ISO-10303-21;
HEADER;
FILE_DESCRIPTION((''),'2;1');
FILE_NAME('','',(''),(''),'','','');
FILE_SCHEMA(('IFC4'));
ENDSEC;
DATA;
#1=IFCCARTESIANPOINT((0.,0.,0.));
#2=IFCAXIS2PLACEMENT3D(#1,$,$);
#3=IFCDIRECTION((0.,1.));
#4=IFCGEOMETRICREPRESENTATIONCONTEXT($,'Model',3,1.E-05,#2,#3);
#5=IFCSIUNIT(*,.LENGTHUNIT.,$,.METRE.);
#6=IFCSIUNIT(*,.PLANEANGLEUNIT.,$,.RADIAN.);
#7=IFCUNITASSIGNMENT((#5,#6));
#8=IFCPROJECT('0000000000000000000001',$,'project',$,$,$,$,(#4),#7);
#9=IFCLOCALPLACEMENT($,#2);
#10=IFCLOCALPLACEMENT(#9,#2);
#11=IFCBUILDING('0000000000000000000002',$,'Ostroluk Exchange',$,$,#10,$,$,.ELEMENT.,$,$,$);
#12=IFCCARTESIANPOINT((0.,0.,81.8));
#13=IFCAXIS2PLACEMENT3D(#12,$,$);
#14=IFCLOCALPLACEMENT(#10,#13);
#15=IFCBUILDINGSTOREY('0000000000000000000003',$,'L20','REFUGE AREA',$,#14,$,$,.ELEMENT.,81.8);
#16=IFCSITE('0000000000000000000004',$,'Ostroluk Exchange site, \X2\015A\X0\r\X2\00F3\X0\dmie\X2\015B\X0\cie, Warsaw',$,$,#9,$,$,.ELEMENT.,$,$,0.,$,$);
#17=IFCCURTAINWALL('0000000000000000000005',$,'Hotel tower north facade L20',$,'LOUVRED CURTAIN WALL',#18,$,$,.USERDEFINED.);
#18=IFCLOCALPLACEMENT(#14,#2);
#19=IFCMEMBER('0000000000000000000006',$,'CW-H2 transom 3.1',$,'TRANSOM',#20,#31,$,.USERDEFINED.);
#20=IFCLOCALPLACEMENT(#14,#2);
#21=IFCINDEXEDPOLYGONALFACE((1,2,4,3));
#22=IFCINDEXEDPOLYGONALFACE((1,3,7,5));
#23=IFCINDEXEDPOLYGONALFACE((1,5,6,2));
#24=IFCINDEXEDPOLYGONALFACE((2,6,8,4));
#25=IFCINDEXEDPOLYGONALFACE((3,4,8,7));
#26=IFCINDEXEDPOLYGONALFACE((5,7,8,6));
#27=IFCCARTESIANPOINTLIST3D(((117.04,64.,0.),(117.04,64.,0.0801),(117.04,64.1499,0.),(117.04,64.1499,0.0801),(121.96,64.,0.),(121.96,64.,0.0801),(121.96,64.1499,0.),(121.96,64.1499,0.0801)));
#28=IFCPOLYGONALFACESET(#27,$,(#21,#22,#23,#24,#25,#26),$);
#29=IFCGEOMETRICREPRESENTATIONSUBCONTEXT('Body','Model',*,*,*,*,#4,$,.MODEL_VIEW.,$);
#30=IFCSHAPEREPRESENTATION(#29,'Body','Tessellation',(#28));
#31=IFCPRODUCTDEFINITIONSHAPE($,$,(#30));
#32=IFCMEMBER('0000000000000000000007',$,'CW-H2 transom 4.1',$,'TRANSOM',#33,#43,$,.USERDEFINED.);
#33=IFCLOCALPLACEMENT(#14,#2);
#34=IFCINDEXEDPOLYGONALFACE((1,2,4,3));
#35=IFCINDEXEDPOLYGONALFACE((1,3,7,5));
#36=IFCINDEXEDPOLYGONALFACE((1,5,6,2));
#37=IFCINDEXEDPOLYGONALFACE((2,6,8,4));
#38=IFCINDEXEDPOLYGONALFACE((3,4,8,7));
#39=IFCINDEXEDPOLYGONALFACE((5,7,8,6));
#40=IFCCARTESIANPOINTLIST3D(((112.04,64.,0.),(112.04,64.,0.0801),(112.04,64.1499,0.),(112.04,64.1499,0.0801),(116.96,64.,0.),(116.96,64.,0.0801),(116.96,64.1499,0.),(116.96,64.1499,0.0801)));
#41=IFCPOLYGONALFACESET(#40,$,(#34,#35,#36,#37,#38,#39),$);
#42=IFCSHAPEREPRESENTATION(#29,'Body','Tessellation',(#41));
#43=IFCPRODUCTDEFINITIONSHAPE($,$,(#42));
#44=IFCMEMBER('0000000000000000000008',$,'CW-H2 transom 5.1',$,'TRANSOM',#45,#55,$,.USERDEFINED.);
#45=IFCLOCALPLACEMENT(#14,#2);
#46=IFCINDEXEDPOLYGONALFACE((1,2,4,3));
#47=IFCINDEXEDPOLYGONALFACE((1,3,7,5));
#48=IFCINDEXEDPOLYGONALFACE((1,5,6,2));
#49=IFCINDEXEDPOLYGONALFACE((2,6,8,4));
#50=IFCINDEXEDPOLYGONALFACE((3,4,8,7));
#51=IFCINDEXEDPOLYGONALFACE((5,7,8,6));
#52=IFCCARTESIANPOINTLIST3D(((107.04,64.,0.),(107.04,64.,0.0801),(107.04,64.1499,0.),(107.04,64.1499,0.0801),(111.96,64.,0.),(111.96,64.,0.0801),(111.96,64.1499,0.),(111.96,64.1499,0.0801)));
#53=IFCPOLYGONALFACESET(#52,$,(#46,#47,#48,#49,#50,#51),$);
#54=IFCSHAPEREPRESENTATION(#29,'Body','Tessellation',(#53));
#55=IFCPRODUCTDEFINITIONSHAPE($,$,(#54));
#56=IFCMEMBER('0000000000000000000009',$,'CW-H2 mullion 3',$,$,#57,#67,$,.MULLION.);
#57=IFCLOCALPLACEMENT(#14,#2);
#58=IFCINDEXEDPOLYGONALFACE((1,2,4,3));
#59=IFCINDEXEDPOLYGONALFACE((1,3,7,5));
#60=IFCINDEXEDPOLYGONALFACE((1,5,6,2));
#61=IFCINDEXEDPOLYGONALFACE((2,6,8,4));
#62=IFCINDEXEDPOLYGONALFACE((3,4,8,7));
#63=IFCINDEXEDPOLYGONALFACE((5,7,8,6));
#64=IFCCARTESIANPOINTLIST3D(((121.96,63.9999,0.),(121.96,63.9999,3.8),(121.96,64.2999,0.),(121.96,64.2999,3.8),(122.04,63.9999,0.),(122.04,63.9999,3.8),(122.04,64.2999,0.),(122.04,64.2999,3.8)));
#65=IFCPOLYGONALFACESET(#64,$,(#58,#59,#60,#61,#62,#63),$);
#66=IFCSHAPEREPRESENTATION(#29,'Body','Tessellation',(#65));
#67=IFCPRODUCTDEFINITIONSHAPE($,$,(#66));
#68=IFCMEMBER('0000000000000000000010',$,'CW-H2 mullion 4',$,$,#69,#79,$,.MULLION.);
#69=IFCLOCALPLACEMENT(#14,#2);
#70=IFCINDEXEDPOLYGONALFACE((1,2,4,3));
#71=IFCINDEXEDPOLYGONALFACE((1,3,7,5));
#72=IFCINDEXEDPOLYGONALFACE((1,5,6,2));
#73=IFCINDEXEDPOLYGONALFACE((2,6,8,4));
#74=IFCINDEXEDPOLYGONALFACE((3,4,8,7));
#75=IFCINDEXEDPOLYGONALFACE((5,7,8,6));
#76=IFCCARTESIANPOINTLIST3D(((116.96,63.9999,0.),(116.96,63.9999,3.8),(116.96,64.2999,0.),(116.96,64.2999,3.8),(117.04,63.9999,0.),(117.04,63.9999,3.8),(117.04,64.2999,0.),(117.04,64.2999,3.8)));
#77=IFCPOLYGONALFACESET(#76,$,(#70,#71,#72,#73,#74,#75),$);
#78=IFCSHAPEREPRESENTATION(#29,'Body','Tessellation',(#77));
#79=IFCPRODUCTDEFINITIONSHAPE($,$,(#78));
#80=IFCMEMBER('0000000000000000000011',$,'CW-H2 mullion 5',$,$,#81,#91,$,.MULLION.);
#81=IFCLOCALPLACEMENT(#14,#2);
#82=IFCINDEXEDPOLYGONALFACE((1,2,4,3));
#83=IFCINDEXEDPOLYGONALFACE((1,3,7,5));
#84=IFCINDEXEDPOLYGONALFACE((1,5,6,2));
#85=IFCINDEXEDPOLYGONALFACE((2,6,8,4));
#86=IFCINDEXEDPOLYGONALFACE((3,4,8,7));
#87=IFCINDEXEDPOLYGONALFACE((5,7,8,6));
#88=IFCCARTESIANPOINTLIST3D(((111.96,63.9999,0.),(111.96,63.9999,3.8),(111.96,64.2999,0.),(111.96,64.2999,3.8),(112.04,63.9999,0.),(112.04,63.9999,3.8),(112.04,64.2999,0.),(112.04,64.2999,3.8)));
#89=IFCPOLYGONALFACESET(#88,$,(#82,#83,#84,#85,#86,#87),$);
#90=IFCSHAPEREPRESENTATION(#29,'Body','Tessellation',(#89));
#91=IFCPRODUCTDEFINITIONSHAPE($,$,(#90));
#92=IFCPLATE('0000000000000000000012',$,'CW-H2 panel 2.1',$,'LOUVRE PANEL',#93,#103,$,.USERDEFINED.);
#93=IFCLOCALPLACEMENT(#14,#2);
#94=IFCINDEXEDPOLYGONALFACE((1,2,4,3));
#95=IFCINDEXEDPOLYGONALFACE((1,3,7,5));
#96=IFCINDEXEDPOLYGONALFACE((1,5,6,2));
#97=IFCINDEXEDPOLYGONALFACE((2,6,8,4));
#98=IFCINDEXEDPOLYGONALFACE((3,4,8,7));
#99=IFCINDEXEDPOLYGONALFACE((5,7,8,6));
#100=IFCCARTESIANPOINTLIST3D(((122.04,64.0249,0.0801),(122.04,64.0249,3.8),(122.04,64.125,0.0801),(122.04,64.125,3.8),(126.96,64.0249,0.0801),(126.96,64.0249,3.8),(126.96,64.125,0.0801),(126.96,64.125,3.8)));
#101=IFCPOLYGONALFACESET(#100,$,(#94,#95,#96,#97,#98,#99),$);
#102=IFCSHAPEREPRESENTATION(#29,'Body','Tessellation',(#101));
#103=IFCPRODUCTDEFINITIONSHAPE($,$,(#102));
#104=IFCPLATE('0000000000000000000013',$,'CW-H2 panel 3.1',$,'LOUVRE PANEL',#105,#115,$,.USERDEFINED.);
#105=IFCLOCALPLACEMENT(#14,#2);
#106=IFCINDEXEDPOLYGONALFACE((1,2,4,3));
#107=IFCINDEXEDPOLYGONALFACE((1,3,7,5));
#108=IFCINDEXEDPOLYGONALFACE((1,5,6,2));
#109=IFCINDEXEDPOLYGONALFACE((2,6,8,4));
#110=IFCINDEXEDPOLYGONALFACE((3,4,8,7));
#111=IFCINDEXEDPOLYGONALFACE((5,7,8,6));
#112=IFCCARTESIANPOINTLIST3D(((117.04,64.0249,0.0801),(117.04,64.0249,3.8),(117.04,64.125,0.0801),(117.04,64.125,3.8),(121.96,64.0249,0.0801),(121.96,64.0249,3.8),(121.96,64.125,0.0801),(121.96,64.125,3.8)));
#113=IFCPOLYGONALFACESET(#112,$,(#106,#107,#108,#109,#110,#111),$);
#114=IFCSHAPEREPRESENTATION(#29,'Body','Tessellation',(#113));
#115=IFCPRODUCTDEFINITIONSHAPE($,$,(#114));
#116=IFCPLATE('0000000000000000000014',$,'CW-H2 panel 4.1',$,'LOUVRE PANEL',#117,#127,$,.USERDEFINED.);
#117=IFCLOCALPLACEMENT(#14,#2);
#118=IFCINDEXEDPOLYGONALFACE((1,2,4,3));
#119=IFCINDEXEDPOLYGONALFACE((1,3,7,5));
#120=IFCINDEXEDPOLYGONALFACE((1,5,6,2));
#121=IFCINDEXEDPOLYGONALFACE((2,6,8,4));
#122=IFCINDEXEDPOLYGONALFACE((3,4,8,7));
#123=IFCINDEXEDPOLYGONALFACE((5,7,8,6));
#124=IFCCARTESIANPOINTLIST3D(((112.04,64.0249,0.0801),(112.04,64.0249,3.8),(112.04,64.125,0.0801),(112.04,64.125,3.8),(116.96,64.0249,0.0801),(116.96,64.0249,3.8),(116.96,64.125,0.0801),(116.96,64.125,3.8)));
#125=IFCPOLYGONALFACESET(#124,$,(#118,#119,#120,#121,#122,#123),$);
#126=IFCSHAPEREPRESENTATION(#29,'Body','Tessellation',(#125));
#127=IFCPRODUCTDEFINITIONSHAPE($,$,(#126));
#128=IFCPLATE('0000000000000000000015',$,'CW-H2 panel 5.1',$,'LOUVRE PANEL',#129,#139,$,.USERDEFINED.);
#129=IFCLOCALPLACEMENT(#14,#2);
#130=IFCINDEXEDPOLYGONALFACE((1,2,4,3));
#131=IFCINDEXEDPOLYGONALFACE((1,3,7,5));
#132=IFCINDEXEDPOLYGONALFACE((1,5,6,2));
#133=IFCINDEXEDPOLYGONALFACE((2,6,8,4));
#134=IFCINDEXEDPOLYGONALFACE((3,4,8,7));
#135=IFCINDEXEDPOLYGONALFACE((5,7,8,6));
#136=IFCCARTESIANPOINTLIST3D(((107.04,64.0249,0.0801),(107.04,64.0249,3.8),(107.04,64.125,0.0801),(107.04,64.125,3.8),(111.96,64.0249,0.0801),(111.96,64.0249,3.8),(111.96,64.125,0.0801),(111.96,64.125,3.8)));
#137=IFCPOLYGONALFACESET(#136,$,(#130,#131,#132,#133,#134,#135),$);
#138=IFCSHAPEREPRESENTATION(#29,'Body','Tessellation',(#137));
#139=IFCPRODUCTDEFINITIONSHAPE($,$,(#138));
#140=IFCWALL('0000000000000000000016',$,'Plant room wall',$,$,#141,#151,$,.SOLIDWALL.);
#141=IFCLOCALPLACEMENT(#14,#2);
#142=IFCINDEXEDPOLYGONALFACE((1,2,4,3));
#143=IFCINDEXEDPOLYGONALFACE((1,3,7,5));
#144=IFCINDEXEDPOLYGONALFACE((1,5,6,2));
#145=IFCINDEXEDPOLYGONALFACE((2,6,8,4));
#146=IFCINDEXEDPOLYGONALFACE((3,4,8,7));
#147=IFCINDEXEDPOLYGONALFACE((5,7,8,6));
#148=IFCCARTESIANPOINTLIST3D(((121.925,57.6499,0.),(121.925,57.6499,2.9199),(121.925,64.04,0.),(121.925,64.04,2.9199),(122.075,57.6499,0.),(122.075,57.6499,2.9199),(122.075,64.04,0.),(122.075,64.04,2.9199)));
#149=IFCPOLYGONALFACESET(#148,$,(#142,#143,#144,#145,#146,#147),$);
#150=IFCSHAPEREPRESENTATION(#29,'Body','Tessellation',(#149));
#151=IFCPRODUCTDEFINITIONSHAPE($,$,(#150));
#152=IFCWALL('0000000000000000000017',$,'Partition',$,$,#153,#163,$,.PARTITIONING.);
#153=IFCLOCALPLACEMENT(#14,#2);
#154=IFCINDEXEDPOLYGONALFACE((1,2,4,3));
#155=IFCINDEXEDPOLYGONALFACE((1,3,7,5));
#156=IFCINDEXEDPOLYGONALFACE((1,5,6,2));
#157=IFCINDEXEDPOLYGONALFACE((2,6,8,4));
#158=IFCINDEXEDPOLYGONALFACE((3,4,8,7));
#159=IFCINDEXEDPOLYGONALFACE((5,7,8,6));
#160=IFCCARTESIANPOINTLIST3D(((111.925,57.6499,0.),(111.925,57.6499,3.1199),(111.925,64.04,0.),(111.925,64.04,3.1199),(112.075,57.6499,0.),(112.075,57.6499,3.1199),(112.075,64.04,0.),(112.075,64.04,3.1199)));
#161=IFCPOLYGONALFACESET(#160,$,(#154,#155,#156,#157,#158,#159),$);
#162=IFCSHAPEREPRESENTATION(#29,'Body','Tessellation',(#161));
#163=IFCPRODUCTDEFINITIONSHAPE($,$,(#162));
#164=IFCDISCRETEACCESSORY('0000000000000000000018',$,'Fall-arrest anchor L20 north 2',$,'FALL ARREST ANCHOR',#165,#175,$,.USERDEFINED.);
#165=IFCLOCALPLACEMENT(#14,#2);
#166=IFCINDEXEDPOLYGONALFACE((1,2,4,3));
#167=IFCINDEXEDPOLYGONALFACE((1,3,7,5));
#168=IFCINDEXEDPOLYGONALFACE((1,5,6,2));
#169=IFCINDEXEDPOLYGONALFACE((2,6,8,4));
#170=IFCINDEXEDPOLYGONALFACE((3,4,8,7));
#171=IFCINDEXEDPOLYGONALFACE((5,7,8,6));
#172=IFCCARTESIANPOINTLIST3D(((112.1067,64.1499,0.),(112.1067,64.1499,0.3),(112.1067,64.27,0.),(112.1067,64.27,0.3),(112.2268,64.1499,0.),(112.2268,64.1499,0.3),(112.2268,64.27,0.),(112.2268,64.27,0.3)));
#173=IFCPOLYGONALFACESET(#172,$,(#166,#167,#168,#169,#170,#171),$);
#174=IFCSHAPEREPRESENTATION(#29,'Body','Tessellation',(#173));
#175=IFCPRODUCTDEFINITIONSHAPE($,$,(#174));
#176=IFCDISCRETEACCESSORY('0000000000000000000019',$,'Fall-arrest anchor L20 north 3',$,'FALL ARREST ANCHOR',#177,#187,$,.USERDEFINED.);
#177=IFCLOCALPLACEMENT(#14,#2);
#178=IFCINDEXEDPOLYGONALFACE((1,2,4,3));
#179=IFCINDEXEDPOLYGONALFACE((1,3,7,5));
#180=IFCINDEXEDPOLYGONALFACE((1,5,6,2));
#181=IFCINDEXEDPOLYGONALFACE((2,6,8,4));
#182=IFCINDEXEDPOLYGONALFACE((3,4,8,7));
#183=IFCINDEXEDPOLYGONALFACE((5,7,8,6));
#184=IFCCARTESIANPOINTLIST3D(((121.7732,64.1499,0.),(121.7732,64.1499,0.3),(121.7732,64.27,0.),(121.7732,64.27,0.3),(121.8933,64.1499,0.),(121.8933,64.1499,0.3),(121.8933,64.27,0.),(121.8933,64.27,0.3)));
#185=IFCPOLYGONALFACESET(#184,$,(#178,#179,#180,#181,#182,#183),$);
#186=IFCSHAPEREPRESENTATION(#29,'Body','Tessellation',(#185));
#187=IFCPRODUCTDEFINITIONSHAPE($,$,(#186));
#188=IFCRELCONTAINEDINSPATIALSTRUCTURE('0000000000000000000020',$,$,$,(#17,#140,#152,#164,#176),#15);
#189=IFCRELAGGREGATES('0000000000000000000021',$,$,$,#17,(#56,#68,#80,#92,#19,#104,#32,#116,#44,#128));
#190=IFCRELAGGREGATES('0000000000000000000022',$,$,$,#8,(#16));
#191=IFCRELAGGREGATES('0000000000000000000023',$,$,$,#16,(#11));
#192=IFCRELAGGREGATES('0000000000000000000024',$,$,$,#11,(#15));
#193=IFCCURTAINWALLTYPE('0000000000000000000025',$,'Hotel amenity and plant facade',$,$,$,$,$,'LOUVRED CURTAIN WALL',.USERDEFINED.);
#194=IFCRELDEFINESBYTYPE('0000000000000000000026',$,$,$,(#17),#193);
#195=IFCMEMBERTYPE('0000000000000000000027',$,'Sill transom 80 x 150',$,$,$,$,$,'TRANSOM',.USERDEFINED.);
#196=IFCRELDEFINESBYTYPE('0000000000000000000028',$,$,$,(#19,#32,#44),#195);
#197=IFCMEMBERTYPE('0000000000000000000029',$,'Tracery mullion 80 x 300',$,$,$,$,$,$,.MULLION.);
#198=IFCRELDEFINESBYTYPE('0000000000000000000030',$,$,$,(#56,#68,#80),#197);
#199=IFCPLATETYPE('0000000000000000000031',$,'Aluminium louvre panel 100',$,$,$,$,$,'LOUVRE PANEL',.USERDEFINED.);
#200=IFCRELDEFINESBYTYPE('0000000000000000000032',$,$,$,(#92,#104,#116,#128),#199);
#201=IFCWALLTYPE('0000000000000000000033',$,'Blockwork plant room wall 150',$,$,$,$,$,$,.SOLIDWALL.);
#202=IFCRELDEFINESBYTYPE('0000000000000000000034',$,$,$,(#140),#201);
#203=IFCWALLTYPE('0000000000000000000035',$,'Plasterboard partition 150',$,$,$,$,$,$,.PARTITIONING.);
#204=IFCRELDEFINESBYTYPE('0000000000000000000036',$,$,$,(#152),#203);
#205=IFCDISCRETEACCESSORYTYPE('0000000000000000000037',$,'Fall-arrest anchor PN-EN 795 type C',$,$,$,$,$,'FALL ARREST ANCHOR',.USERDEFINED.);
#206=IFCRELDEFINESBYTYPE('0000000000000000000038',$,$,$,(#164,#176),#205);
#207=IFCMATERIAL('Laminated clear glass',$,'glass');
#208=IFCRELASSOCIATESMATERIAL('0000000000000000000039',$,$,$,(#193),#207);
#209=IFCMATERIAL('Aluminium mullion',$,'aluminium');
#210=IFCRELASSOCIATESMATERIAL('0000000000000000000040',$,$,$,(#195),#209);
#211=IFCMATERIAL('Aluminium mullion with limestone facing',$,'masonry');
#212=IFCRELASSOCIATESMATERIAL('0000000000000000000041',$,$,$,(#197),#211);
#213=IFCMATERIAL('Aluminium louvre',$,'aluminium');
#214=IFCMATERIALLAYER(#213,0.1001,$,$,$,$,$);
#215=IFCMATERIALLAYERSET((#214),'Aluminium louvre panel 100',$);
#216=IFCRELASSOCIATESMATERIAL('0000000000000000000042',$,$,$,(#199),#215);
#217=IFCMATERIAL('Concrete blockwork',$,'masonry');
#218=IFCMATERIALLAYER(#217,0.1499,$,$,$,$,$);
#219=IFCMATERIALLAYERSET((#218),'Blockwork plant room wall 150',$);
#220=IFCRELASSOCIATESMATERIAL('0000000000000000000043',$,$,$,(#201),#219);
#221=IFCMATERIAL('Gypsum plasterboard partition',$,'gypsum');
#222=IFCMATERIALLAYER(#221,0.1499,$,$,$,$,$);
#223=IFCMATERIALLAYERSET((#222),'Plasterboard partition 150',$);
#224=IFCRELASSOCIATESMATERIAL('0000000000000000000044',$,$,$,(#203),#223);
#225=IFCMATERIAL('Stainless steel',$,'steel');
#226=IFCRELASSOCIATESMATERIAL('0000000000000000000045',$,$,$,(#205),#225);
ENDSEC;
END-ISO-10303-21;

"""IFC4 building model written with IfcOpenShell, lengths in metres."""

from ifc_helpers import new_model, si_unit, direction, frame, frame_2d, origin, origin_2d, place, context, subcontext, project, spatial, rectangle, extrude, material, layer, layer_set, material_profile, profile_set, type_object, element, aggregate, save


model = new_model("IFC4")

# Units and contexts
model_context = context("Model", 3, precision=1e-05, world=origin(), true_north=direction((0.0, 1.0)))
body_context = subcontext(model_context, "Body", "Model", "MODEL_VIEW")
ifc_project = project(units=[si_unit("LENGTHUNIT", "METRE"), si_unit("PLANEANGLEUNIT", "RADIAN")], contexts=[model_context])

# Site, building, storey
site_placement = place(None, origin())
site = spatial("IfcSite", under=ifc_project, at=site_placement, Name="Ostroluk Exchange site, Śródmieście, Warsaw", CompositionType="ELEMENT", RefElevation=0.0)
building_placement = place(site_placement, origin())
building = spatial("IfcBuilding", under=site, at=building_placement, Name="Ostroluk Exchange", CompositionType="ELEMENT")
storey_placement = place(building_placement, frame((0.0, 0.0, 81.8)))
storey = spatial("IfcBuildingStorey", under=building, at=storey_placement, Name="L20", Description="REFUGE AREA", CompositionType="ELEMENT", Elevation=81.8)

# Curtain wall, members, plates
ifc_material_1 = material(Name="Laminated clear glass", Category="glass")
curtain_wall_type = type_object("IfcCurtainWallType", Name="Hotel amenity and plant facade", ElementType="LOUVRED CURTAIN WALL", PredefinedType="USERDEFINED", material=ifc_material_1)
curtain_wall_placement = place(storey_placement, origin())
curtain_wall = element("IfcCurtainWall", 1, at=curtain_wall_placement, inside=storey, type_object=curtain_wall_type, Name="Hotel tower north facade L20", ObjectType="LOUVRED CURTAIN WALL", PredefinedType="USERDEFINED")
ifc_material_2 = material(Name="Aluminium mullion", Category="aluminium")
ifc_material_profile_1 = material_profile(ifc_material_2, rectangle(XDim=0.1499, YDim=0.0801, at=origin_2d()), Name="Sill transom 80 x 150")
ifc_profile_set_1 = profile_set([ifc_material_profile_1], Name="Aluminium mullion")
member_type_1 = type_object("IfcMemberType", Name="Sill transom 80 x 150", ElementType="TRANSOM", PredefinedType="USERDEFINED", material=ifc_profile_set_1)
member_1_placement = place(storey_placement, frame((121.96, 64.075, 0.04), z_axis=(-1.0, 0.0, 0.0), x_axis=(0.0, -1.0, 0.0)))
member_1 = element("IfcMember", 2, at=member_1_placement, type_object=member_type_1, Name="CW-H2 transom 3.1", ObjectType="TRANSOM", PredefinedType="USERDEFINED", context=body_context, shape_type="SweptSolid", body=[
    extrude(rectangle(XDim=0.1499, YDim=0.0801, at=origin_2d()), origin(), (0.0, 0.0, 1.0), 4.9199),
])
member_2_placement = place(storey_placement, frame((116.96, 64.075, 0.04), z_axis=(-1.0, 0.0, 0.0), x_axis=(0.0, -1.0, 0.0)))
member_2 = element("IfcMember", 3, at=member_2_placement, type_object=member_type_1, Name="CW-H2 transom 4.1", ObjectType="TRANSOM", PredefinedType="USERDEFINED", context=body_context, shape_type="SweptSolid", body=[
    extrude(rectangle(XDim=0.1499, YDim=0.0801, at=origin_2d()), origin(), (0.0, 0.0, 1.0), 4.9199),
])
member_3_placement = place(storey_placement, frame((111.96, 64.075, 0.04), z_axis=(-1.0, 0.0, 0.0), x_axis=(0.0, -1.0, 0.0)))
member_3 = element("IfcMember", 4, at=member_3_placement, type_object=member_type_1, Name="CW-H2 transom 5.1", ObjectType="TRANSOM", PredefinedType="USERDEFINED", context=body_context, shape_type="SweptSolid", body=[
    extrude(rectangle(XDim=0.1499, YDim=0.0801, at=origin_2d()), origin(), (0.0, 0.0, 1.0), 4.9199),
])
ifc_material_3 = material(Name="Aluminium mullion with limestone facing", Category="masonry")
ifc_material_profile_2 = material_profile(ifc_material_3, rectangle(XDim=0.3, YDim=0.0801, at=origin_2d()), Name="Tracery mullion 80 x 300")
ifc_profile_set_2 = profile_set([ifc_material_profile_2], Name="Aluminium mullion with limestone facing")
member_type_2 = type_object("IfcMemberType", Name="Tracery mullion 80 x 300", PredefinedType="MULLION", material=ifc_profile_set_2)
member_4_placement = place(storey_placement, frame((122.0, 64.1499, 0.0), z_axis=(0.0, 0.0, 1.0), x_axis=(0.0, -1.0, 0.0)))
member_4 = element("IfcMember", 5, at=member_4_placement, type_object=member_type_2, Name="CW-H2 mullion 3", PredefinedType="MULLION", context=body_context, shape_type="SweptSolid", body=[
    extrude(rectangle(XDim=0.3, YDim=0.0801, at=origin_2d()), origin(), (0.0, 0.0, 1.0), 3.8),
])
member_5_placement = place(storey_placement, frame((117.0, 64.1499, 0.0), z_axis=(0.0, 0.0, 1.0), x_axis=(0.0, -1.0, 0.0)))
member_5 = element("IfcMember", 6, at=member_5_placement, type_object=member_type_2, Name="CW-H2 mullion 4", PredefinedType="MULLION", context=body_context, shape_type="SweptSolid", body=[
    extrude(rectangle(XDim=0.3, YDim=0.0801, at=origin_2d()), origin(), (0.0, 0.0, 1.0), 3.8),
])
member_6_placement = place(storey_placement, frame((112.0, 64.1499, 0.0), z_axis=(0.0, 0.0, 1.0), x_axis=(0.0, -1.0, 0.0)))
member_6 = element("IfcMember", 7, at=member_6_placement, type_object=member_type_2, Name="CW-H2 mullion 5", PredefinedType="MULLION", context=body_context, shape_type="SweptSolid", body=[
    extrude(rectangle(XDim=0.3, YDim=0.0801, at=origin_2d()), origin(), (0.0, 0.0, 1.0), 3.8),
])
ifc_material_4 = material(Name="Aluminium louvre", Category="aluminium")
ifc_layer_1 = layer(ifc_material_4, 0.1001)
ifc_layer_set_1 = layer_set([ifc_layer_1], Name="Aluminium louvre panel 100")
plate_type = type_object("IfcPlateType", Name="Aluminium louvre panel 100", ElementType="LOUVRE PANEL", PredefinedType="USERDEFINED", material=ifc_layer_set_1)
plate_1_placement = place(storey_placement, frame((124.5, 64.075, 0.0801), z_axis=(0.0, 0.0, 1.0), x_axis=(-1.0, 0.0, 0.0)))
plate_1 = element("IfcPlate", 8, at=plate_1_placement, type_object=plate_type, Name="CW-H2 panel 2.1", ObjectType="LOUVRE PANEL", PredefinedType="USERDEFINED", context=body_context, shape_type="SweptSolid", body=[
    extrude(rectangle(XDim=4.9199, YDim=0.1001, at=origin_2d()), origin(), (0.0, 0.0, 1.0), 3.72),
])
plate_2_placement = place(storey_placement, frame((119.5, 64.075, 0.0801), z_axis=(0.0, 0.0, 1.0), x_axis=(-1.0, 0.0, 0.0)))
plate_2 = element("IfcPlate", 9, at=plate_2_placement, type_object=plate_type, Name="CW-H2 panel 3.1", ObjectType="LOUVRE PANEL", PredefinedType="USERDEFINED", context=body_context, shape_type="SweptSolid", body=[
    extrude(rectangle(XDim=4.9199, YDim=0.1001, at=origin_2d()), origin(), (0.0, 0.0, 1.0), 3.72),
])
plate_3_placement = place(storey_placement, frame((114.5, 64.075, 0.0801), z_axis=(0.0, 0.0, 1.0), x_axis=(-1.0, 0.0, 0.0)))
plate_3 = element("IfcPlate", 10, at=plate_3_placement, type_object=plate_type, Name="CW-H2 panel 4.1", ObjectType="LOUVRE PANEL", PredefinedType="USERDEFINED", context=body_context, shape_type="SweptSolid", body=[
    extrude(rectangle(XDim=4.9199, YDim=0.1001, at=origin_2d()), origin(), (0.0, 0.0, 1.0), 3.72),
])
plate_4_placement = place(storey_placement, frame((109.5, 64.075, 0.0801), z_axis=(0.0, 0.0, 1.0), x_axis=(-1.0, 0.0, 0.0)))
plate_4 = element("IfcPlate", 11, at=plate_4_placement, type_object=plate_type, Name="CW-H2 panel 5.1", ObjectType="LOUVRE PANEL", PredefinedType="USERDEFINED", context=body_context, shape_type="SweptSolid", body=[
    extrude(rectangle(XDim=4.9199, YDim=0.1001, at=origin_2d()), origin(), (0.0, 0.0, 1.0), 3.72),
])
aggregate(curtain_wall, [member_4, member_5, member_6, plate_1, member_1, plate_2, member_2, plate_3, member_3, plate_4])

# Walls
ifc_material_5 = material(Name="Concrete blockwork", Category="masonry")
ifc_layer_2 = layer(ifc_material_5, 0.1499)
ifc_layer_set_2 = layer_set([ifc_layer_2], Name="Blockwork plant room wall 150")
wall_type_1 = type_object("IfcWallType", Name="Blockwork plant room wall 150", PredefinedType="SOLIDWALL", material=ifc_layer_set_2)
wall_1_placement = place(storey_placement, frame((122.0, 57.6499, 0.0), z_axis=(0.0, 0.0, 1.0), x_axis=(0.0, 1.0, 0.0)))
element("IfcWall", 12, at=wall_1_placement, inside=storey, type_object=wall_type_1, Name="Plant room wall", PredefinedType="SOLIDWALL", context=body_context, shape_type="SweptSolid", body=[
    extrude(rectangle(XDim=6.3901, YDim=0.1499, at=frame_2d((3.1951, 0.0))), origin(), (0.0, 0.0, 1.0), 2.9199),
])
ifc_material_6 = material(Name="Gypsum plasterboard partition", Category="gypsum")
ifc_layer_3 = layer(ifc_material_6, 0.1499)
ifc_layer_set_3 = layer_set([ifc_layer_3], Name="Plasterboard partition 150")
wall_type_2 = type_object("IfcWallType", Name="Plasterboard partition 150", PredefinedType="PARTITIONING", material=ifc_layer_set_3)
wall_2_placement = place(storey_placement, frame((112.0, 57.6499, 0.0), z_axis=(0.0, 0.0, 1.0), x_axis=(0.0, 1.0, 0.0)))
element("IfcWall", 13, at=wall_2_placement, inside=storey, type_object=wall_type_2, Name="Partition", PredefinedType="PARTITIONING", context=body_context, shape_type="SweptSolid", body=[
    extrude(rectangle(XDim=6.3901, YDim=0.1499, at=frame_2d((3.1951, 0.0))), origin(), (0.0, 0.0, 1.0), 3.1199),
])

# Discrete accessories
ifc_material_7 = material(Name="Stainless steel", Category="steel")
discrete_accessory_type = type_object("IfcDiscreteAccessoryType", Name="Fall-arrest anchor PN-EN 795 type C", ElementType="FALL ARREST ANCHOR", PredefinedType="USERDEFINED", material=ifc_material_7)
for number, where, z_axis, x_axis, name in (
    (14, (112.1667, 64.21, 0.0), (0.0, 0.0, 1.0), (1.0, 0.0, 0.0), "Fall-arrest anchor L20 north 2"),
    (15, (121.8333, 64.21, 0.0), (0.0, 0.0, 1.0), (1.0, 0.0, 0.0), "Fall-arrest anchor L20 north 3"),
):
    element("IfcDiscreteAccessory", number, at=place(storey_placement, frame(where, z_axis=z_axis, x_axis=x_axis)), inside=storey, type_object=discrete_accessory_type, Name=name, ObjectType="FALL ARREST ANCHOR", PredefinedType="USERDEFINED", context=body_context, shape_type="SweptSolid", body=[
        extrude(rectangle(XDim=0.1201, YDim=0.1201, at=origin_2d()), origin(), (0.0, 0.0, 1.0), 0.3),
    ])

save(model, "model.ifc")
